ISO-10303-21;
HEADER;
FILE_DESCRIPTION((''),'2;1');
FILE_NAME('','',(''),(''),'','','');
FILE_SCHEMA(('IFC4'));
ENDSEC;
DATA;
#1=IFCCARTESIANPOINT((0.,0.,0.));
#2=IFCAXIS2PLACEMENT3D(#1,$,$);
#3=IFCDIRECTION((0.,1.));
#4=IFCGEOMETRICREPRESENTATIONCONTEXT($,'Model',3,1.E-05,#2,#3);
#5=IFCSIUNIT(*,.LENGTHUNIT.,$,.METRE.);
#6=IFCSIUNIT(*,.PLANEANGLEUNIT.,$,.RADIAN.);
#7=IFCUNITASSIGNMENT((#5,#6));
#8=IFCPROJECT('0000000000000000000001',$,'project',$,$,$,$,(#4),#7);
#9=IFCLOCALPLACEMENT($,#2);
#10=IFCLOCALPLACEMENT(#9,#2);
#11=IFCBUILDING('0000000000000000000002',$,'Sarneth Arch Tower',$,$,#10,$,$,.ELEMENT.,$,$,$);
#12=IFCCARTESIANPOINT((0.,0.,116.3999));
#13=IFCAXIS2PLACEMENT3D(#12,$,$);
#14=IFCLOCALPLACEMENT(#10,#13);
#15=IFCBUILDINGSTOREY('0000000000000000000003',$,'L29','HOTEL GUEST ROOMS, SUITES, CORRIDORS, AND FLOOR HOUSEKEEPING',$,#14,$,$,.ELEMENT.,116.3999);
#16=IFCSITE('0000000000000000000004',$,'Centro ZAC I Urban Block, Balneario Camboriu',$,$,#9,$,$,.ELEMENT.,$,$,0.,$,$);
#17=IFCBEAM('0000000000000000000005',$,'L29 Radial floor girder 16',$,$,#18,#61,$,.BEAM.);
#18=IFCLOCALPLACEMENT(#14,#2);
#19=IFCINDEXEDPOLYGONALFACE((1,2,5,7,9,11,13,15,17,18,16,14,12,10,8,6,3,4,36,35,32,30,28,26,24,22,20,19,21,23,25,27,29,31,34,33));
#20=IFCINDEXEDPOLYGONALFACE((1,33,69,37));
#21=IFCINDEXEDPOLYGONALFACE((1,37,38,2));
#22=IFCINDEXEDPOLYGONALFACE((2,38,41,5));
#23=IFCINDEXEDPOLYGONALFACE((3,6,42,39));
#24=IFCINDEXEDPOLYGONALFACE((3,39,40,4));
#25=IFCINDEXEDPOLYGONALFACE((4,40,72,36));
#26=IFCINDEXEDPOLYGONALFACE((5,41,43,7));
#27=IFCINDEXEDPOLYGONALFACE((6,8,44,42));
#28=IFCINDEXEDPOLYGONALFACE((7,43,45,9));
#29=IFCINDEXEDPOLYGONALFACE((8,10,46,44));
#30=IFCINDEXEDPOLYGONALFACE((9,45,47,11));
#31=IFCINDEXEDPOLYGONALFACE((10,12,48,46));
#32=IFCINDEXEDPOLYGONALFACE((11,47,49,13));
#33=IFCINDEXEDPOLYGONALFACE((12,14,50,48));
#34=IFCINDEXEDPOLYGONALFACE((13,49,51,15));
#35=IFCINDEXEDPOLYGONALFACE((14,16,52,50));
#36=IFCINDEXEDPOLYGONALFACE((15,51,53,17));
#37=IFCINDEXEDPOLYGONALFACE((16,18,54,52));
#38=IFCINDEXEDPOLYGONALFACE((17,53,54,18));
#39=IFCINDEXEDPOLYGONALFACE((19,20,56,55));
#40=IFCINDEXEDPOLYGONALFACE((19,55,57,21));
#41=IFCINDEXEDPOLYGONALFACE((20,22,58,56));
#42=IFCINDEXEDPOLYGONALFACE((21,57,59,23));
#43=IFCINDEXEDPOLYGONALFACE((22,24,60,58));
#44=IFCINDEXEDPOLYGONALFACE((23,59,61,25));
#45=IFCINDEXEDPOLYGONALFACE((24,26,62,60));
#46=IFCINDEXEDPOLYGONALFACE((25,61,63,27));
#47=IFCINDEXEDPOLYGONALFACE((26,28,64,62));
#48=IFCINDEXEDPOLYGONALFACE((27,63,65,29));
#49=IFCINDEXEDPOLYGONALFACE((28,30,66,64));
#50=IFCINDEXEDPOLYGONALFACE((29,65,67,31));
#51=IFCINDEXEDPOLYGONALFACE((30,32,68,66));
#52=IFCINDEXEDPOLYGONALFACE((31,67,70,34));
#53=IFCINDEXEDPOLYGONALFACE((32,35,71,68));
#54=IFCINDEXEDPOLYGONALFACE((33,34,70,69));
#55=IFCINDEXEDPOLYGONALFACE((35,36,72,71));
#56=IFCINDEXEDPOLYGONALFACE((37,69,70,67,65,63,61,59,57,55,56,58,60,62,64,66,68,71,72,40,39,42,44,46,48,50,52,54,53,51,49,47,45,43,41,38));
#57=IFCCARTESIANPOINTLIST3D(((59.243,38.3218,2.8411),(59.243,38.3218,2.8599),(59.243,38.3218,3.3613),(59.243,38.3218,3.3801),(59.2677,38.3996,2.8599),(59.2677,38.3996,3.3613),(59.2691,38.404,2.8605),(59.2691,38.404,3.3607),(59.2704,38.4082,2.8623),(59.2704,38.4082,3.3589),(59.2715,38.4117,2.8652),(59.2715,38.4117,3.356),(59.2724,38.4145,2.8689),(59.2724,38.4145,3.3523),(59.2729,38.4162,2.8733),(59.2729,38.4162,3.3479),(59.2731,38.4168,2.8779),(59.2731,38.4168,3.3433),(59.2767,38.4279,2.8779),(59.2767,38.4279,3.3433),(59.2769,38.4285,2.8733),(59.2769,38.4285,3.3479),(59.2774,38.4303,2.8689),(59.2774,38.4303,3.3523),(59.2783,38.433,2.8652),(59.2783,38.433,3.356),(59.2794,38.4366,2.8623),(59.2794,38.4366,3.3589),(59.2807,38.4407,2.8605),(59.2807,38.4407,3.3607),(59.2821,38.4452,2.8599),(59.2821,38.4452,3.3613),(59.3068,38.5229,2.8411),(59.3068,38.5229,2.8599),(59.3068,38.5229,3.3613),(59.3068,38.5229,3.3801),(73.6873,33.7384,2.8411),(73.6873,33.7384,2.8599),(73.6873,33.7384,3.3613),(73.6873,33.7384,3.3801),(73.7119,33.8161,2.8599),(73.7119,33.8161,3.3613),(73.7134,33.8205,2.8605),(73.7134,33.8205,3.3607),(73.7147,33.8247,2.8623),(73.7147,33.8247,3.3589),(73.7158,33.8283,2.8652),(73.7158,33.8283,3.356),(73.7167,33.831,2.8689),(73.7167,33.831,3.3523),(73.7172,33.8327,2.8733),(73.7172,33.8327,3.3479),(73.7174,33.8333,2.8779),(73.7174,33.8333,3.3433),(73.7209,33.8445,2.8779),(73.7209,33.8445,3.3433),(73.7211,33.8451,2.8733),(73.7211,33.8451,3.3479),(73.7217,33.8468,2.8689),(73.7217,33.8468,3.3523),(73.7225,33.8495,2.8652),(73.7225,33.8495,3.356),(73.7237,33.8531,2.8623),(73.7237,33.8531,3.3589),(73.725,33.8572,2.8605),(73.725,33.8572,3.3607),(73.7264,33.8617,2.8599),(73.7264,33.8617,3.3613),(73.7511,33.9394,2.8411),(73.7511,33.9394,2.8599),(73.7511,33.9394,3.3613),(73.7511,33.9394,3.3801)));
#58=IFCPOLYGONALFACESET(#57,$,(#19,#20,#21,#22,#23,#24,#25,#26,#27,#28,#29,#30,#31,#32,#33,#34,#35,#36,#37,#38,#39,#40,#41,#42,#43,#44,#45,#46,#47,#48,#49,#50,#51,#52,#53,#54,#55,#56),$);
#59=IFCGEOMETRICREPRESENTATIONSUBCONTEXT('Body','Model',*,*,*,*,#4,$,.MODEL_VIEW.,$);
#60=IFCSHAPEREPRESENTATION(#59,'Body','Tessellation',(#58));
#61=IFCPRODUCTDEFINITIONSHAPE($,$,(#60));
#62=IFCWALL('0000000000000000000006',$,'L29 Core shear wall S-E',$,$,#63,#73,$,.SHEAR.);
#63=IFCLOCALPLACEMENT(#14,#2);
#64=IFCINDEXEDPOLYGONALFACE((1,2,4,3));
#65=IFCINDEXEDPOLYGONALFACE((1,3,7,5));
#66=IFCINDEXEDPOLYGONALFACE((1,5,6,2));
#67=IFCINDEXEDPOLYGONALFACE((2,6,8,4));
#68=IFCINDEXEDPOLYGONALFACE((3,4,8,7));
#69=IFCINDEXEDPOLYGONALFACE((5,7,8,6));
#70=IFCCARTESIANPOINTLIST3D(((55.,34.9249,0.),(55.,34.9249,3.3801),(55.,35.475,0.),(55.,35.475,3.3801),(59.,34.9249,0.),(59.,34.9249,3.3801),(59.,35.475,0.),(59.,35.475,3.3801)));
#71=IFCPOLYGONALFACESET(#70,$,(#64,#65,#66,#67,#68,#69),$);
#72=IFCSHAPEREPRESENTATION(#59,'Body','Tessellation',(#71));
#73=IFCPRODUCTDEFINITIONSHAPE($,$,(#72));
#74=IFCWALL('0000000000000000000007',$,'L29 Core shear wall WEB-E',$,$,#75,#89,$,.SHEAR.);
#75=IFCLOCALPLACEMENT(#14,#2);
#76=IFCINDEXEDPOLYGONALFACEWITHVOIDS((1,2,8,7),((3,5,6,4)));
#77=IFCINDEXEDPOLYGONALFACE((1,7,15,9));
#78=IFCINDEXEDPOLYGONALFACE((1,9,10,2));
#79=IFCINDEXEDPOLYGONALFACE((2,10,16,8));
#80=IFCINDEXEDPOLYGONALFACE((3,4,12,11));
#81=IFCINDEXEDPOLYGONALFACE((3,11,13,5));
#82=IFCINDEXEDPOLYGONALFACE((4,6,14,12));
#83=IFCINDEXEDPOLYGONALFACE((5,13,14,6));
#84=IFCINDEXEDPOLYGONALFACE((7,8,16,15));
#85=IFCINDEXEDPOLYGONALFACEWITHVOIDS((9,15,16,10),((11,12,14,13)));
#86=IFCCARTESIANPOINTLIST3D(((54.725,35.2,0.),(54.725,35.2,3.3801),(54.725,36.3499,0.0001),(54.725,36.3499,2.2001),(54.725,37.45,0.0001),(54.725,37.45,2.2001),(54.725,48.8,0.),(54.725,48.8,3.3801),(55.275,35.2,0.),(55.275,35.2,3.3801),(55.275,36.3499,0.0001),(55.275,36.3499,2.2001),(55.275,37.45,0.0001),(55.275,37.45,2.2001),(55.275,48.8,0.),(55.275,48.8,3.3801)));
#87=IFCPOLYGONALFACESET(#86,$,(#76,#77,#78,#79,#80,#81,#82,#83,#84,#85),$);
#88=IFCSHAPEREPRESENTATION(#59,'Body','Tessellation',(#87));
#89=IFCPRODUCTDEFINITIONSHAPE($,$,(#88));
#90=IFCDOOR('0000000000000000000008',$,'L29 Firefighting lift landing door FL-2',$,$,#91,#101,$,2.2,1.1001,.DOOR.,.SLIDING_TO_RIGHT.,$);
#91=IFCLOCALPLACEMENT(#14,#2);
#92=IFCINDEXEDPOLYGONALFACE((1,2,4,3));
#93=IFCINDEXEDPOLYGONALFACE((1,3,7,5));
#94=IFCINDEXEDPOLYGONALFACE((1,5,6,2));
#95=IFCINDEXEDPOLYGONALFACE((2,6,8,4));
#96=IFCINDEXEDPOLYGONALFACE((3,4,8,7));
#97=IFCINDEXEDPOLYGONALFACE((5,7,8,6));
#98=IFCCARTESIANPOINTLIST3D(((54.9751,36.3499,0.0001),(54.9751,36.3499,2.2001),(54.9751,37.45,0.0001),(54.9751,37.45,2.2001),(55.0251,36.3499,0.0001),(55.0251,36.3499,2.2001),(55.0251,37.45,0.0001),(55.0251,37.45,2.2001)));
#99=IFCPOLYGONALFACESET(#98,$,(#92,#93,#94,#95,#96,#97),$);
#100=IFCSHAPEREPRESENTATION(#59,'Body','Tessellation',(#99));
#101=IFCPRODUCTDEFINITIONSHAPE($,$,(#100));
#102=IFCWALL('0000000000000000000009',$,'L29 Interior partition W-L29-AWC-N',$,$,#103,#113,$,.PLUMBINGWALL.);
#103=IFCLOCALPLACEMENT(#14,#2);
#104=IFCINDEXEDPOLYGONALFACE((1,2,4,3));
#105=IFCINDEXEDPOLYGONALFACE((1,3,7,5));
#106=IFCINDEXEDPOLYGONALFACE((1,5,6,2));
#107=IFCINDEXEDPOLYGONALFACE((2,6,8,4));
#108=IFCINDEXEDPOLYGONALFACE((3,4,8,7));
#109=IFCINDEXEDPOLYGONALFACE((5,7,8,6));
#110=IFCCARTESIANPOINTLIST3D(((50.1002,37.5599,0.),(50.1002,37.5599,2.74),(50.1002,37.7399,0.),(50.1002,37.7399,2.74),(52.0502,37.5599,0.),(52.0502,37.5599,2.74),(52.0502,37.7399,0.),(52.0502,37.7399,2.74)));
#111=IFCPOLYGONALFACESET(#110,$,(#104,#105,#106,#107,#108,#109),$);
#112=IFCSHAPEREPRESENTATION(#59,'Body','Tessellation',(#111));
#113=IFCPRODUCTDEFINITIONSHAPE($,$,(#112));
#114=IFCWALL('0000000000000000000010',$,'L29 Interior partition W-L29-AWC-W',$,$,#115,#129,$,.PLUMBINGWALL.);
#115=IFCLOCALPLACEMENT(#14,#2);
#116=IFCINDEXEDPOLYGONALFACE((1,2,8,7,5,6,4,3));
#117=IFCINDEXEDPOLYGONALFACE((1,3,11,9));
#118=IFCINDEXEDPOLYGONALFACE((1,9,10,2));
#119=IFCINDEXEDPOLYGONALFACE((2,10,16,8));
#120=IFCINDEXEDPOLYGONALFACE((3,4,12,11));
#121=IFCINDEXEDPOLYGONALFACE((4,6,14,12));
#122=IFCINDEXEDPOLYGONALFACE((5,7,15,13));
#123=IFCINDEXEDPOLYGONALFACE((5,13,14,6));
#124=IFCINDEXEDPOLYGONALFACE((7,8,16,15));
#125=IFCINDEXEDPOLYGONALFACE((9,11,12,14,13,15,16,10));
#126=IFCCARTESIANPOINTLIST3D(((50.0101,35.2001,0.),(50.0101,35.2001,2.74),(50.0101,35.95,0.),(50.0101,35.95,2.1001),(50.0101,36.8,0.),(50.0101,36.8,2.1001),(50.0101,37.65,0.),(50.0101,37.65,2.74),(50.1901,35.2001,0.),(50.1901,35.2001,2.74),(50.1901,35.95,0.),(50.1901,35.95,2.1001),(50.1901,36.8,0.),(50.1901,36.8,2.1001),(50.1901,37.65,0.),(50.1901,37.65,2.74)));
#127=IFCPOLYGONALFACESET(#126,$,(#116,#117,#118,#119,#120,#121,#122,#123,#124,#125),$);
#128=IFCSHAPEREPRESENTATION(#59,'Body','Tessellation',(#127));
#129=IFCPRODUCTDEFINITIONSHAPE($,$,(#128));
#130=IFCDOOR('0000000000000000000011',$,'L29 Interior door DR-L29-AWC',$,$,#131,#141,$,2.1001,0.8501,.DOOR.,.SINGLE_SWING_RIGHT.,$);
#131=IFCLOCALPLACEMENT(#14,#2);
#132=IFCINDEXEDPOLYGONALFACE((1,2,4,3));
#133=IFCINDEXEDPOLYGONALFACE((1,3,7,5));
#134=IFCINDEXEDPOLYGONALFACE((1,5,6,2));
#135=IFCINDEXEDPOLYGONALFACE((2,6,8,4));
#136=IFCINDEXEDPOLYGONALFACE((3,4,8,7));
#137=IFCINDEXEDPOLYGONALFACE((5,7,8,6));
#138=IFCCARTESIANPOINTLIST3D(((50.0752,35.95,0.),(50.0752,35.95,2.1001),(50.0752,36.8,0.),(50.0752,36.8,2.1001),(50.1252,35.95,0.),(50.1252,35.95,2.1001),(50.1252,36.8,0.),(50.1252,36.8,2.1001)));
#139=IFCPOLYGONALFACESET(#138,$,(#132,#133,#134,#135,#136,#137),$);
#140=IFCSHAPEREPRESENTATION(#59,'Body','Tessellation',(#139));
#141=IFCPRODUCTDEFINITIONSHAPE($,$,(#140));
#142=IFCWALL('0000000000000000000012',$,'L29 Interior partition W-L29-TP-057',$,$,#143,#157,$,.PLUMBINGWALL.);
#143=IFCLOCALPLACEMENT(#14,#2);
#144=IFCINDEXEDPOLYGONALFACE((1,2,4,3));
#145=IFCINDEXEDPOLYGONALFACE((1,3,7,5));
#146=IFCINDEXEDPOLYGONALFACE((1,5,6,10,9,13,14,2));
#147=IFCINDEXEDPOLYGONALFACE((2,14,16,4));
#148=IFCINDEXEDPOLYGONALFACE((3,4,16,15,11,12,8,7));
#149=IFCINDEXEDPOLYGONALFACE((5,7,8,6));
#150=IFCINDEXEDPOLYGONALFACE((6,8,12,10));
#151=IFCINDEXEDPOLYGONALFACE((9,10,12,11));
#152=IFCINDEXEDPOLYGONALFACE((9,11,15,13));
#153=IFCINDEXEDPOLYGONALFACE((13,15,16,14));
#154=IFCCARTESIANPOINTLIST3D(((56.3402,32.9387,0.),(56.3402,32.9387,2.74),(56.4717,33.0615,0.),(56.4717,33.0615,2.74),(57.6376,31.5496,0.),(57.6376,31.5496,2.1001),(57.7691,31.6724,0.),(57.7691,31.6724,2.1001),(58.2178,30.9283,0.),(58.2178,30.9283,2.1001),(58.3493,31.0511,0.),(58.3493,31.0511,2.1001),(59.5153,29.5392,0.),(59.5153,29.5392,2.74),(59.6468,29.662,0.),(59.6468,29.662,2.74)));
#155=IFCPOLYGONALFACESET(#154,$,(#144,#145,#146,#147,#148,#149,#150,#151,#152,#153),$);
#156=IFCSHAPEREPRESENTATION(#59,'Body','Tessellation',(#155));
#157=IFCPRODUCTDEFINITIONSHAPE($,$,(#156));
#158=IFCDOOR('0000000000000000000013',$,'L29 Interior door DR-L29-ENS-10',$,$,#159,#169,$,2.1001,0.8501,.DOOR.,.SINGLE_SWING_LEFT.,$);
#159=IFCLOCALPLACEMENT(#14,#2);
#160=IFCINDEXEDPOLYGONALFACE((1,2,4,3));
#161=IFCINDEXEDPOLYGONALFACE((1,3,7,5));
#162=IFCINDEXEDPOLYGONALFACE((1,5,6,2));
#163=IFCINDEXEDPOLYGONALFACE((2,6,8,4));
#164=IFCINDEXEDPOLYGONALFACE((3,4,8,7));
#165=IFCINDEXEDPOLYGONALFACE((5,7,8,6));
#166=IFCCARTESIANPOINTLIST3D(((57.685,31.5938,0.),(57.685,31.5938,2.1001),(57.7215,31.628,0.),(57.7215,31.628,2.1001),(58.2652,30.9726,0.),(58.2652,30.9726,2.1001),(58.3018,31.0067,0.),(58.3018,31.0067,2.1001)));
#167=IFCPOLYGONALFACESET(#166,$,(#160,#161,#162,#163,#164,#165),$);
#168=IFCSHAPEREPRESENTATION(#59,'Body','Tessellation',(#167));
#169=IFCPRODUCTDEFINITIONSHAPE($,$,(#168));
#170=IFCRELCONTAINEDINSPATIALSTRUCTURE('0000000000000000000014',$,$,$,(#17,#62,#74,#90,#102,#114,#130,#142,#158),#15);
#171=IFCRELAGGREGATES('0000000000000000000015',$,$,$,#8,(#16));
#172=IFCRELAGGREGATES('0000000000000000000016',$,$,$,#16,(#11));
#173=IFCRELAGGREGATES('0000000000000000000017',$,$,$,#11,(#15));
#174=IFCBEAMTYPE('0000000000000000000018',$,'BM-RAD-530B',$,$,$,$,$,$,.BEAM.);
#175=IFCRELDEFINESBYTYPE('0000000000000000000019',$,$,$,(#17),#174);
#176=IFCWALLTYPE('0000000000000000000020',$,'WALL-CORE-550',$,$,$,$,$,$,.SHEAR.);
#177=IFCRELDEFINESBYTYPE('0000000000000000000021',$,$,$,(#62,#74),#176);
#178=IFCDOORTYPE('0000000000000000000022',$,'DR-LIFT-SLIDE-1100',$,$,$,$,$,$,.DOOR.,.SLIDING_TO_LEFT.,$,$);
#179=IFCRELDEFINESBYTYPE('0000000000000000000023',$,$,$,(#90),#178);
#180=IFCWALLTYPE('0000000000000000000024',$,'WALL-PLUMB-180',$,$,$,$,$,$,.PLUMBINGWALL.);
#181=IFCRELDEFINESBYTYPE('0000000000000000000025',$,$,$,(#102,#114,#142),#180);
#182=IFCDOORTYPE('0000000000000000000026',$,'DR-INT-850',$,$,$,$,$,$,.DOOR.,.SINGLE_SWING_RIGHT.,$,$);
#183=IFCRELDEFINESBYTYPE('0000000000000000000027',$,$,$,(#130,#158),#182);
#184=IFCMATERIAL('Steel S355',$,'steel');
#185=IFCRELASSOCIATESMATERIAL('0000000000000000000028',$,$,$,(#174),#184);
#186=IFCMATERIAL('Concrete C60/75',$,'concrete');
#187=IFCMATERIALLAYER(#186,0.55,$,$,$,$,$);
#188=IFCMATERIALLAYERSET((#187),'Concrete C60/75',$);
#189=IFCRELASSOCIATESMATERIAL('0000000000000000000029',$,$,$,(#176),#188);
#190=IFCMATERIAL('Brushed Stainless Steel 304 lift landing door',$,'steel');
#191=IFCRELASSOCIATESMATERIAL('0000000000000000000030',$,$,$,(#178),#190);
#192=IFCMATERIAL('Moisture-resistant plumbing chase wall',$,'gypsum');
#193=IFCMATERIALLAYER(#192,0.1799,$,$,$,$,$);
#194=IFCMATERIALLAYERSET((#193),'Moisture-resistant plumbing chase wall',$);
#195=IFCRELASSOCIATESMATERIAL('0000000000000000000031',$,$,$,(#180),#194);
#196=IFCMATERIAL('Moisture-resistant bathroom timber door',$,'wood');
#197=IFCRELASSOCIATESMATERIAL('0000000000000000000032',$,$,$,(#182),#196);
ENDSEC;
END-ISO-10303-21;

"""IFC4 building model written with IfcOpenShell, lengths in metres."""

from ifc_helpers import new_model, si_unit, direction, frame, frame_2d, origin, origin_2d, place, context, subcontext, project, spatial, rectangle, i_section, extrude, material, layer, layer_set, material_profile, profile_set, type_object, element, fill, save


model = new_model("IFC4")

# Units and contexts
model_context = context("Model", 3, precision=1e-05, world=origin(), true_north=direction((0.0, 1.0)))
body_context = subcontext(model_context, "Body", "Model", "MODEL_VIEW")
ifc_project = project(units=[si_unit("LENGTHUNIT", "METRE"), si_unit("PLANEANGLEUNIT", "RADIAN")], contexts=[model_context])

# Site, building, storey
site_placement = place(None, origin())
site = spatial("IfcSite", under=ifc_project, at=site_placement, Name="Centro ZAC I Urban Block, Balneario Camboriu", CompositionType="ELEMENT", RefElevation=0.0)
building_placement = place(site_placement, origin())
building = spatial("IfcBuilding", under=site, at=building_placement, Name="Sarneth Arch Tower", CompositionType="ELEMENT")
storey_placement = place(building_placement, frame((0.0, 0.0, 116.3999)))
storey = spatial("IfcBuildingStorey", under=building, at=storey_placement, Name="L29", Description="HOTEL GUEST ROOMS, SUITES, CORRIDORS, AND FLOOR HOUSEKEEPING", CompositionType="ELEMENT", Elevation=116.3999)

# Beam
ifc_material_1 = material(Name="Steel S355", Category="steel")
ifc_material_profile_1 = material_profile(ifc_material_1, i_section(OverallWidth=0.2109, OverallDepth=0.5391, WebThickness=0.0117, FlangeThickness=0.0188, FilletRadius=0.0181, at=origin_2d()), Name="W530x109")
ifc_profile_set_1 = profile_set([ifc_material_profile_1], Name="Steel S355")
beam_type_1 = type_object("IfcBeamType", Name="BM-RAD-530B", PredefinedType="BEAM", material=ifc_profile_set_1)
beam_1_placement = place(storey_placement, frame((59.2749, 38.4224, 3.1106), z_axis=(0.953162, -0.302459, 0.0), x_axis=(0.302459, 0.953162, 0.0)))
element("IfcBeam", 1, at=beam_1_placement, inside=storey, type_object=beam_type_1, Name="L29 Radial floor girder 16", PredefinedType="BEAM", context=body_context, shape_type="SweptSolid", body=[
    extrude(i_section(OverallWidth=0.2109, OverallDepth=0.5391, WebThickness=0.0117, FlangeThickness=0.0188, FilletRadius=0.0181, at=origin_2d()), origin(), (0.0, 0.0, 1.0), 15.1541),
])

# Wall
ifc_material_2 = material(Name="Concrete C60/75", Category="concrete")
ifc_layer_1 = layer(ifc_material_2, 0.55)
ifc_layer_set_1 = layer_set([ifc_layer_1], Name="Concrete C60/75")
wall_type_1 = type_object("IfcWallType", Name="WALL-CORE-550", PredefinedType="SHEAR", material=ifc_layer_set_1)
wall_1_placement = place(storey_placement, frame((55.0, 35.2, 0.0), z_axis=(0.0, 0.0, 1.0), x_axis=(1.0, 0.0, 0.0)))
element("IfcWall", 2, at=wall_1_placement, inside=storey, type_object=wall_type_1, Name="L29 Core shear wall S-E", PredefinedType="SHEAR", context=body_context, shape_type="SweptSolid", body=[
    extrude(rectangle(XDim=4.0, YDim=0.55, at=frame_2d((2.0, 0.0))), origin(), (0.0, 0.0, 1.0), 3.3801),
])

# Wall, opening, door
wall_2_placement = place(storey_placement, frame((55.0, 35.2, 0.0), z_axis=(0.0, 0.0, 1.0), x_axis=(0.0, 1.0, 0.0)))
wall_2 = element("IfcWall", 3, at=wall_2_placement, inside=storey, type_object=wall_type_1, Name="L29 Core shear wall WEB-E", PredefinedType="SHEAR", context=body_context, shape_type="SweptSolid", body=[
    extrude(rectangle(XDim=13.6001, YDim=0.55, at=frame_2d((6.8, 0.0))), origin(), (0.0, 0.0, 1.0), 3.3801),
])
opening_1_placement = place(wall_2_placement, frame((1.1499, 0.0, 0.0)))
opening_1 = element("IfcOpeningElement", 4, at=opening_1_placement, cuts=wall_2, PredefinedType="OPENING", context=body_context, shape_type="SweptSolid", body=[
    extrude(rectangle(XDim=1.1001, YDim=2.2, at=frame_2d((0.55, 1.1001))), frame((0.0, 0.2849, 0.0), z_axis=(0.0, -1.0, 0.0), x_axis=(1.0, 0.0, 0.0)), (0.0, 0.0, 1.0), 0.5701),
])
ifc_material_3 = material(Name="Brushed Stainless Steel 304 lift landing door", Category="steel")
door_type_1 = type_object("IfcDoorType", Name="DR-LIFT-SLIDE-1100", OperationType="SLIDING_TO_LEFT", PredefinedType="DOOR", material=ifc_material_3)
door_1_placement = place(opening_1_placement, origin())
door_1 = element("IfcDoor", 5, at=door_1_placement, inside=storey, type_object=door_type_1, Name="L29 Firefighting lift landing door FL-2", OperationType="SLIDING_TO_RIGHT", OverallHeight=2.2, OverallWidth=1.1001, PredefinedType="DOOR", context=body_context, shape_type="SweptSolid", body=[
    extrude(rectangle(XDim=1.1001, YDim=2.2, at=frame_2d((0.55, 1.1001))), frame((0.0, 0.0249, 0.0), z_axis=(0.0, -1.0, 0.0), x_axis=(1.0, 0.0, 0.0)), (0.0, 0.0, 1.0), 0.05),
])
fill(opening_1, door_1)

# Wall
ifc_material_4 = material(Name="Moisture-resistant plumbing chase wall", Category="gypsum")
ifc_layer_2 = layer(ifc_material_4, 0.1799)
ifc_layer_set_2 = layer_set([ifc_layer_2], Name="Moisture-resistant plumbing chase wall")
wall_type_2 = type_object("IfcWallType", Name="WALL-PLUMB-180", PredefinedType="PLUMBINGWALL", material=ifc_layer_set_2)
wall_3_placement = place(storey_placement, frame((50.1001, 37.6499, 0.0), z_axis=(0.0, 0.0, 1.0), x_axis=(1.0, 0.0, 0.0)))
element("IfcWall", 6, at=wall_3_placement, inside=storey, type_object=wall_type_2, Name="L29 Interior partition W-L29-AWC-N", PredefinedType="PLUMBINGWALL", context=body_context, shape_type="SweptSolid", body=[
    extrude(rectangle(XDim=1.95, YDim=0.1799, at=frame_2d((0.9751, 0.0))), origin(), (0.0, 0.0, 1.0), 2.74),
])

# Walls, openings, doors
wall_4_placement = place(storey_placement, frame((50.1001, 35.2, 0.0), z_axis=(0.0, 0.0, 1.0), x_axis=(0.0, 1.0, 0.0)))
wall_4 = element("IfcWall", 7, at=wall_4_placement, inside=storey, type_object=wall_type_2, Name="L29 Interior partition W-L29-AWC-W", PredefinedType="PLUMBINGWALL", context=body_context, shape_type="SweptSolid", body=[
    extrude(rectangle(XDim=2.45, YDim=0.1799, at=frame_2d((1.2251, 0.0))), origin(), (0.0, 0.0, 1.0), 2.74),
])
opening_2_placement = place(wall_4_placement, frame((0.75, 0.0, 0.0)))
opening_2 = element("IfcOpeningElement", 8, at=opening_2_placement, cuts=wall_4, PredefinedType="OPENING", context=body_context, shape_type="SweptSolid", body=[
    extrude(rectangle(XDim=0.8501, YDim=2.1001, at=frame_2d((0.425, 1.05))), frame((0.0, 0.0999, 0.0), z_axis=(0.0, -1.0, 0.0), x_axis=(1.0, 0.0, 0.0)), (0.0, 0.0, 1.0), 0.2),
])
ifc_material_5 = material(Name="Moisture-resistant bathroom timber door", Category="wood")
door_type_2 = type_object("IfcDoorType", Name="DR-INT-850", OperationType="SINGLE_SWING_RIGHT", PredefinedType="DOOR", material=ifc_material_5)
door_2_placement = place(opening_2_placement, origin())
door_2 = element("IfcDoor", 9, at=door_2_placement, inside=storey, type_object=door_type_2, Name="L29 Interior door DR-L29-AWC", OperationType="SINGLE_SWING_RIGHT", OverallHeight=2.1001, OverallWidth=0.8501, PredefinedType="DOOR", context=body_context, shape_type="SweptSolid", body=[
    extrude(rectangle(XDim=0.8501, YDim=2.1001, at=frame_2d((0.425, 1.05))), frame((0.0, 0.0249, 0.0), z_axis=(0.0, -1.0, 0.0), x_axis=(1.0, 0.0, 0.0)), (0.0, 0.0, 1.0), 0.05),
])
fill(opening_2, door_2)
wall_5_placement = place(storey_placement, frame((56.406, 33.0, 0.0), z_axis=(0.0, 0.0, 1.0), x_axis=(0.682578, -0.730813, 0.0)))
wall_5 = element("IfcWall", 10, at=wall_5_placement, inside=storey, type_object=wall_type_2, Name="L29 Interior partition W-L29-TP-057", PredefinedType="PLUMBINGWALL", context=body_context, shape_type="SweptSolid", body=[
    extrude(rectangle(XDim=4.6516, YDim=0.1799, at=frame_2d((2.3257, 0.0))), origin(), (0.0, 0.0, 1.0), 2.74),
])
opening_3_placement = place(wall_5_placement, frame((1.9006, 0.0, 0.0)))
opening_3 = element("IfcOpeningElement", 11, at=opening_3_placement, cuts=wall_5, PredefinedType="OPENING", context=body_context, shape_type="SweptSolid", body=[
    extrude(rectangle(XDim=0.8501, YDim=2.1001, at=frame_2d((0.425, 1.05))), frame((0.0, 0.0999, 0.0), z_axis=(0.0, -1.0, 0.0), x_axis=(1.0, 0.0, 0.0)), (0.0, 0.0, 1.0), 0.2),
])
door_3_placement = place(opening_3_placement, origin())
door_3 = element("IfcDoor", 12, at=door_3_placement, inside=storey, type_object=door_type_2, Name="L29 Interior door DR-L29-ENS-10", OperationType="SINGLE_SWING_LEFT", OverallHeight=2.1001, OverallWidth=0.8501, PredefinedType="DOOR", context=body_context, shape_type="SweptSolid", body=[
    extrude(rectangle(XDim=0.8501, YDim=2.1001, at=frame_2d((0.425, 1.05))), frame((0.0, 0.0249, 0.0), z_axis=(0.0, -1.0, 0.0), x_axis=(1.0, 0.0, 0.0)), (0.0, 0.0, 1.0), 0.05),
])
fill(opening_3, door_3)

save(model, "model.ifc")
